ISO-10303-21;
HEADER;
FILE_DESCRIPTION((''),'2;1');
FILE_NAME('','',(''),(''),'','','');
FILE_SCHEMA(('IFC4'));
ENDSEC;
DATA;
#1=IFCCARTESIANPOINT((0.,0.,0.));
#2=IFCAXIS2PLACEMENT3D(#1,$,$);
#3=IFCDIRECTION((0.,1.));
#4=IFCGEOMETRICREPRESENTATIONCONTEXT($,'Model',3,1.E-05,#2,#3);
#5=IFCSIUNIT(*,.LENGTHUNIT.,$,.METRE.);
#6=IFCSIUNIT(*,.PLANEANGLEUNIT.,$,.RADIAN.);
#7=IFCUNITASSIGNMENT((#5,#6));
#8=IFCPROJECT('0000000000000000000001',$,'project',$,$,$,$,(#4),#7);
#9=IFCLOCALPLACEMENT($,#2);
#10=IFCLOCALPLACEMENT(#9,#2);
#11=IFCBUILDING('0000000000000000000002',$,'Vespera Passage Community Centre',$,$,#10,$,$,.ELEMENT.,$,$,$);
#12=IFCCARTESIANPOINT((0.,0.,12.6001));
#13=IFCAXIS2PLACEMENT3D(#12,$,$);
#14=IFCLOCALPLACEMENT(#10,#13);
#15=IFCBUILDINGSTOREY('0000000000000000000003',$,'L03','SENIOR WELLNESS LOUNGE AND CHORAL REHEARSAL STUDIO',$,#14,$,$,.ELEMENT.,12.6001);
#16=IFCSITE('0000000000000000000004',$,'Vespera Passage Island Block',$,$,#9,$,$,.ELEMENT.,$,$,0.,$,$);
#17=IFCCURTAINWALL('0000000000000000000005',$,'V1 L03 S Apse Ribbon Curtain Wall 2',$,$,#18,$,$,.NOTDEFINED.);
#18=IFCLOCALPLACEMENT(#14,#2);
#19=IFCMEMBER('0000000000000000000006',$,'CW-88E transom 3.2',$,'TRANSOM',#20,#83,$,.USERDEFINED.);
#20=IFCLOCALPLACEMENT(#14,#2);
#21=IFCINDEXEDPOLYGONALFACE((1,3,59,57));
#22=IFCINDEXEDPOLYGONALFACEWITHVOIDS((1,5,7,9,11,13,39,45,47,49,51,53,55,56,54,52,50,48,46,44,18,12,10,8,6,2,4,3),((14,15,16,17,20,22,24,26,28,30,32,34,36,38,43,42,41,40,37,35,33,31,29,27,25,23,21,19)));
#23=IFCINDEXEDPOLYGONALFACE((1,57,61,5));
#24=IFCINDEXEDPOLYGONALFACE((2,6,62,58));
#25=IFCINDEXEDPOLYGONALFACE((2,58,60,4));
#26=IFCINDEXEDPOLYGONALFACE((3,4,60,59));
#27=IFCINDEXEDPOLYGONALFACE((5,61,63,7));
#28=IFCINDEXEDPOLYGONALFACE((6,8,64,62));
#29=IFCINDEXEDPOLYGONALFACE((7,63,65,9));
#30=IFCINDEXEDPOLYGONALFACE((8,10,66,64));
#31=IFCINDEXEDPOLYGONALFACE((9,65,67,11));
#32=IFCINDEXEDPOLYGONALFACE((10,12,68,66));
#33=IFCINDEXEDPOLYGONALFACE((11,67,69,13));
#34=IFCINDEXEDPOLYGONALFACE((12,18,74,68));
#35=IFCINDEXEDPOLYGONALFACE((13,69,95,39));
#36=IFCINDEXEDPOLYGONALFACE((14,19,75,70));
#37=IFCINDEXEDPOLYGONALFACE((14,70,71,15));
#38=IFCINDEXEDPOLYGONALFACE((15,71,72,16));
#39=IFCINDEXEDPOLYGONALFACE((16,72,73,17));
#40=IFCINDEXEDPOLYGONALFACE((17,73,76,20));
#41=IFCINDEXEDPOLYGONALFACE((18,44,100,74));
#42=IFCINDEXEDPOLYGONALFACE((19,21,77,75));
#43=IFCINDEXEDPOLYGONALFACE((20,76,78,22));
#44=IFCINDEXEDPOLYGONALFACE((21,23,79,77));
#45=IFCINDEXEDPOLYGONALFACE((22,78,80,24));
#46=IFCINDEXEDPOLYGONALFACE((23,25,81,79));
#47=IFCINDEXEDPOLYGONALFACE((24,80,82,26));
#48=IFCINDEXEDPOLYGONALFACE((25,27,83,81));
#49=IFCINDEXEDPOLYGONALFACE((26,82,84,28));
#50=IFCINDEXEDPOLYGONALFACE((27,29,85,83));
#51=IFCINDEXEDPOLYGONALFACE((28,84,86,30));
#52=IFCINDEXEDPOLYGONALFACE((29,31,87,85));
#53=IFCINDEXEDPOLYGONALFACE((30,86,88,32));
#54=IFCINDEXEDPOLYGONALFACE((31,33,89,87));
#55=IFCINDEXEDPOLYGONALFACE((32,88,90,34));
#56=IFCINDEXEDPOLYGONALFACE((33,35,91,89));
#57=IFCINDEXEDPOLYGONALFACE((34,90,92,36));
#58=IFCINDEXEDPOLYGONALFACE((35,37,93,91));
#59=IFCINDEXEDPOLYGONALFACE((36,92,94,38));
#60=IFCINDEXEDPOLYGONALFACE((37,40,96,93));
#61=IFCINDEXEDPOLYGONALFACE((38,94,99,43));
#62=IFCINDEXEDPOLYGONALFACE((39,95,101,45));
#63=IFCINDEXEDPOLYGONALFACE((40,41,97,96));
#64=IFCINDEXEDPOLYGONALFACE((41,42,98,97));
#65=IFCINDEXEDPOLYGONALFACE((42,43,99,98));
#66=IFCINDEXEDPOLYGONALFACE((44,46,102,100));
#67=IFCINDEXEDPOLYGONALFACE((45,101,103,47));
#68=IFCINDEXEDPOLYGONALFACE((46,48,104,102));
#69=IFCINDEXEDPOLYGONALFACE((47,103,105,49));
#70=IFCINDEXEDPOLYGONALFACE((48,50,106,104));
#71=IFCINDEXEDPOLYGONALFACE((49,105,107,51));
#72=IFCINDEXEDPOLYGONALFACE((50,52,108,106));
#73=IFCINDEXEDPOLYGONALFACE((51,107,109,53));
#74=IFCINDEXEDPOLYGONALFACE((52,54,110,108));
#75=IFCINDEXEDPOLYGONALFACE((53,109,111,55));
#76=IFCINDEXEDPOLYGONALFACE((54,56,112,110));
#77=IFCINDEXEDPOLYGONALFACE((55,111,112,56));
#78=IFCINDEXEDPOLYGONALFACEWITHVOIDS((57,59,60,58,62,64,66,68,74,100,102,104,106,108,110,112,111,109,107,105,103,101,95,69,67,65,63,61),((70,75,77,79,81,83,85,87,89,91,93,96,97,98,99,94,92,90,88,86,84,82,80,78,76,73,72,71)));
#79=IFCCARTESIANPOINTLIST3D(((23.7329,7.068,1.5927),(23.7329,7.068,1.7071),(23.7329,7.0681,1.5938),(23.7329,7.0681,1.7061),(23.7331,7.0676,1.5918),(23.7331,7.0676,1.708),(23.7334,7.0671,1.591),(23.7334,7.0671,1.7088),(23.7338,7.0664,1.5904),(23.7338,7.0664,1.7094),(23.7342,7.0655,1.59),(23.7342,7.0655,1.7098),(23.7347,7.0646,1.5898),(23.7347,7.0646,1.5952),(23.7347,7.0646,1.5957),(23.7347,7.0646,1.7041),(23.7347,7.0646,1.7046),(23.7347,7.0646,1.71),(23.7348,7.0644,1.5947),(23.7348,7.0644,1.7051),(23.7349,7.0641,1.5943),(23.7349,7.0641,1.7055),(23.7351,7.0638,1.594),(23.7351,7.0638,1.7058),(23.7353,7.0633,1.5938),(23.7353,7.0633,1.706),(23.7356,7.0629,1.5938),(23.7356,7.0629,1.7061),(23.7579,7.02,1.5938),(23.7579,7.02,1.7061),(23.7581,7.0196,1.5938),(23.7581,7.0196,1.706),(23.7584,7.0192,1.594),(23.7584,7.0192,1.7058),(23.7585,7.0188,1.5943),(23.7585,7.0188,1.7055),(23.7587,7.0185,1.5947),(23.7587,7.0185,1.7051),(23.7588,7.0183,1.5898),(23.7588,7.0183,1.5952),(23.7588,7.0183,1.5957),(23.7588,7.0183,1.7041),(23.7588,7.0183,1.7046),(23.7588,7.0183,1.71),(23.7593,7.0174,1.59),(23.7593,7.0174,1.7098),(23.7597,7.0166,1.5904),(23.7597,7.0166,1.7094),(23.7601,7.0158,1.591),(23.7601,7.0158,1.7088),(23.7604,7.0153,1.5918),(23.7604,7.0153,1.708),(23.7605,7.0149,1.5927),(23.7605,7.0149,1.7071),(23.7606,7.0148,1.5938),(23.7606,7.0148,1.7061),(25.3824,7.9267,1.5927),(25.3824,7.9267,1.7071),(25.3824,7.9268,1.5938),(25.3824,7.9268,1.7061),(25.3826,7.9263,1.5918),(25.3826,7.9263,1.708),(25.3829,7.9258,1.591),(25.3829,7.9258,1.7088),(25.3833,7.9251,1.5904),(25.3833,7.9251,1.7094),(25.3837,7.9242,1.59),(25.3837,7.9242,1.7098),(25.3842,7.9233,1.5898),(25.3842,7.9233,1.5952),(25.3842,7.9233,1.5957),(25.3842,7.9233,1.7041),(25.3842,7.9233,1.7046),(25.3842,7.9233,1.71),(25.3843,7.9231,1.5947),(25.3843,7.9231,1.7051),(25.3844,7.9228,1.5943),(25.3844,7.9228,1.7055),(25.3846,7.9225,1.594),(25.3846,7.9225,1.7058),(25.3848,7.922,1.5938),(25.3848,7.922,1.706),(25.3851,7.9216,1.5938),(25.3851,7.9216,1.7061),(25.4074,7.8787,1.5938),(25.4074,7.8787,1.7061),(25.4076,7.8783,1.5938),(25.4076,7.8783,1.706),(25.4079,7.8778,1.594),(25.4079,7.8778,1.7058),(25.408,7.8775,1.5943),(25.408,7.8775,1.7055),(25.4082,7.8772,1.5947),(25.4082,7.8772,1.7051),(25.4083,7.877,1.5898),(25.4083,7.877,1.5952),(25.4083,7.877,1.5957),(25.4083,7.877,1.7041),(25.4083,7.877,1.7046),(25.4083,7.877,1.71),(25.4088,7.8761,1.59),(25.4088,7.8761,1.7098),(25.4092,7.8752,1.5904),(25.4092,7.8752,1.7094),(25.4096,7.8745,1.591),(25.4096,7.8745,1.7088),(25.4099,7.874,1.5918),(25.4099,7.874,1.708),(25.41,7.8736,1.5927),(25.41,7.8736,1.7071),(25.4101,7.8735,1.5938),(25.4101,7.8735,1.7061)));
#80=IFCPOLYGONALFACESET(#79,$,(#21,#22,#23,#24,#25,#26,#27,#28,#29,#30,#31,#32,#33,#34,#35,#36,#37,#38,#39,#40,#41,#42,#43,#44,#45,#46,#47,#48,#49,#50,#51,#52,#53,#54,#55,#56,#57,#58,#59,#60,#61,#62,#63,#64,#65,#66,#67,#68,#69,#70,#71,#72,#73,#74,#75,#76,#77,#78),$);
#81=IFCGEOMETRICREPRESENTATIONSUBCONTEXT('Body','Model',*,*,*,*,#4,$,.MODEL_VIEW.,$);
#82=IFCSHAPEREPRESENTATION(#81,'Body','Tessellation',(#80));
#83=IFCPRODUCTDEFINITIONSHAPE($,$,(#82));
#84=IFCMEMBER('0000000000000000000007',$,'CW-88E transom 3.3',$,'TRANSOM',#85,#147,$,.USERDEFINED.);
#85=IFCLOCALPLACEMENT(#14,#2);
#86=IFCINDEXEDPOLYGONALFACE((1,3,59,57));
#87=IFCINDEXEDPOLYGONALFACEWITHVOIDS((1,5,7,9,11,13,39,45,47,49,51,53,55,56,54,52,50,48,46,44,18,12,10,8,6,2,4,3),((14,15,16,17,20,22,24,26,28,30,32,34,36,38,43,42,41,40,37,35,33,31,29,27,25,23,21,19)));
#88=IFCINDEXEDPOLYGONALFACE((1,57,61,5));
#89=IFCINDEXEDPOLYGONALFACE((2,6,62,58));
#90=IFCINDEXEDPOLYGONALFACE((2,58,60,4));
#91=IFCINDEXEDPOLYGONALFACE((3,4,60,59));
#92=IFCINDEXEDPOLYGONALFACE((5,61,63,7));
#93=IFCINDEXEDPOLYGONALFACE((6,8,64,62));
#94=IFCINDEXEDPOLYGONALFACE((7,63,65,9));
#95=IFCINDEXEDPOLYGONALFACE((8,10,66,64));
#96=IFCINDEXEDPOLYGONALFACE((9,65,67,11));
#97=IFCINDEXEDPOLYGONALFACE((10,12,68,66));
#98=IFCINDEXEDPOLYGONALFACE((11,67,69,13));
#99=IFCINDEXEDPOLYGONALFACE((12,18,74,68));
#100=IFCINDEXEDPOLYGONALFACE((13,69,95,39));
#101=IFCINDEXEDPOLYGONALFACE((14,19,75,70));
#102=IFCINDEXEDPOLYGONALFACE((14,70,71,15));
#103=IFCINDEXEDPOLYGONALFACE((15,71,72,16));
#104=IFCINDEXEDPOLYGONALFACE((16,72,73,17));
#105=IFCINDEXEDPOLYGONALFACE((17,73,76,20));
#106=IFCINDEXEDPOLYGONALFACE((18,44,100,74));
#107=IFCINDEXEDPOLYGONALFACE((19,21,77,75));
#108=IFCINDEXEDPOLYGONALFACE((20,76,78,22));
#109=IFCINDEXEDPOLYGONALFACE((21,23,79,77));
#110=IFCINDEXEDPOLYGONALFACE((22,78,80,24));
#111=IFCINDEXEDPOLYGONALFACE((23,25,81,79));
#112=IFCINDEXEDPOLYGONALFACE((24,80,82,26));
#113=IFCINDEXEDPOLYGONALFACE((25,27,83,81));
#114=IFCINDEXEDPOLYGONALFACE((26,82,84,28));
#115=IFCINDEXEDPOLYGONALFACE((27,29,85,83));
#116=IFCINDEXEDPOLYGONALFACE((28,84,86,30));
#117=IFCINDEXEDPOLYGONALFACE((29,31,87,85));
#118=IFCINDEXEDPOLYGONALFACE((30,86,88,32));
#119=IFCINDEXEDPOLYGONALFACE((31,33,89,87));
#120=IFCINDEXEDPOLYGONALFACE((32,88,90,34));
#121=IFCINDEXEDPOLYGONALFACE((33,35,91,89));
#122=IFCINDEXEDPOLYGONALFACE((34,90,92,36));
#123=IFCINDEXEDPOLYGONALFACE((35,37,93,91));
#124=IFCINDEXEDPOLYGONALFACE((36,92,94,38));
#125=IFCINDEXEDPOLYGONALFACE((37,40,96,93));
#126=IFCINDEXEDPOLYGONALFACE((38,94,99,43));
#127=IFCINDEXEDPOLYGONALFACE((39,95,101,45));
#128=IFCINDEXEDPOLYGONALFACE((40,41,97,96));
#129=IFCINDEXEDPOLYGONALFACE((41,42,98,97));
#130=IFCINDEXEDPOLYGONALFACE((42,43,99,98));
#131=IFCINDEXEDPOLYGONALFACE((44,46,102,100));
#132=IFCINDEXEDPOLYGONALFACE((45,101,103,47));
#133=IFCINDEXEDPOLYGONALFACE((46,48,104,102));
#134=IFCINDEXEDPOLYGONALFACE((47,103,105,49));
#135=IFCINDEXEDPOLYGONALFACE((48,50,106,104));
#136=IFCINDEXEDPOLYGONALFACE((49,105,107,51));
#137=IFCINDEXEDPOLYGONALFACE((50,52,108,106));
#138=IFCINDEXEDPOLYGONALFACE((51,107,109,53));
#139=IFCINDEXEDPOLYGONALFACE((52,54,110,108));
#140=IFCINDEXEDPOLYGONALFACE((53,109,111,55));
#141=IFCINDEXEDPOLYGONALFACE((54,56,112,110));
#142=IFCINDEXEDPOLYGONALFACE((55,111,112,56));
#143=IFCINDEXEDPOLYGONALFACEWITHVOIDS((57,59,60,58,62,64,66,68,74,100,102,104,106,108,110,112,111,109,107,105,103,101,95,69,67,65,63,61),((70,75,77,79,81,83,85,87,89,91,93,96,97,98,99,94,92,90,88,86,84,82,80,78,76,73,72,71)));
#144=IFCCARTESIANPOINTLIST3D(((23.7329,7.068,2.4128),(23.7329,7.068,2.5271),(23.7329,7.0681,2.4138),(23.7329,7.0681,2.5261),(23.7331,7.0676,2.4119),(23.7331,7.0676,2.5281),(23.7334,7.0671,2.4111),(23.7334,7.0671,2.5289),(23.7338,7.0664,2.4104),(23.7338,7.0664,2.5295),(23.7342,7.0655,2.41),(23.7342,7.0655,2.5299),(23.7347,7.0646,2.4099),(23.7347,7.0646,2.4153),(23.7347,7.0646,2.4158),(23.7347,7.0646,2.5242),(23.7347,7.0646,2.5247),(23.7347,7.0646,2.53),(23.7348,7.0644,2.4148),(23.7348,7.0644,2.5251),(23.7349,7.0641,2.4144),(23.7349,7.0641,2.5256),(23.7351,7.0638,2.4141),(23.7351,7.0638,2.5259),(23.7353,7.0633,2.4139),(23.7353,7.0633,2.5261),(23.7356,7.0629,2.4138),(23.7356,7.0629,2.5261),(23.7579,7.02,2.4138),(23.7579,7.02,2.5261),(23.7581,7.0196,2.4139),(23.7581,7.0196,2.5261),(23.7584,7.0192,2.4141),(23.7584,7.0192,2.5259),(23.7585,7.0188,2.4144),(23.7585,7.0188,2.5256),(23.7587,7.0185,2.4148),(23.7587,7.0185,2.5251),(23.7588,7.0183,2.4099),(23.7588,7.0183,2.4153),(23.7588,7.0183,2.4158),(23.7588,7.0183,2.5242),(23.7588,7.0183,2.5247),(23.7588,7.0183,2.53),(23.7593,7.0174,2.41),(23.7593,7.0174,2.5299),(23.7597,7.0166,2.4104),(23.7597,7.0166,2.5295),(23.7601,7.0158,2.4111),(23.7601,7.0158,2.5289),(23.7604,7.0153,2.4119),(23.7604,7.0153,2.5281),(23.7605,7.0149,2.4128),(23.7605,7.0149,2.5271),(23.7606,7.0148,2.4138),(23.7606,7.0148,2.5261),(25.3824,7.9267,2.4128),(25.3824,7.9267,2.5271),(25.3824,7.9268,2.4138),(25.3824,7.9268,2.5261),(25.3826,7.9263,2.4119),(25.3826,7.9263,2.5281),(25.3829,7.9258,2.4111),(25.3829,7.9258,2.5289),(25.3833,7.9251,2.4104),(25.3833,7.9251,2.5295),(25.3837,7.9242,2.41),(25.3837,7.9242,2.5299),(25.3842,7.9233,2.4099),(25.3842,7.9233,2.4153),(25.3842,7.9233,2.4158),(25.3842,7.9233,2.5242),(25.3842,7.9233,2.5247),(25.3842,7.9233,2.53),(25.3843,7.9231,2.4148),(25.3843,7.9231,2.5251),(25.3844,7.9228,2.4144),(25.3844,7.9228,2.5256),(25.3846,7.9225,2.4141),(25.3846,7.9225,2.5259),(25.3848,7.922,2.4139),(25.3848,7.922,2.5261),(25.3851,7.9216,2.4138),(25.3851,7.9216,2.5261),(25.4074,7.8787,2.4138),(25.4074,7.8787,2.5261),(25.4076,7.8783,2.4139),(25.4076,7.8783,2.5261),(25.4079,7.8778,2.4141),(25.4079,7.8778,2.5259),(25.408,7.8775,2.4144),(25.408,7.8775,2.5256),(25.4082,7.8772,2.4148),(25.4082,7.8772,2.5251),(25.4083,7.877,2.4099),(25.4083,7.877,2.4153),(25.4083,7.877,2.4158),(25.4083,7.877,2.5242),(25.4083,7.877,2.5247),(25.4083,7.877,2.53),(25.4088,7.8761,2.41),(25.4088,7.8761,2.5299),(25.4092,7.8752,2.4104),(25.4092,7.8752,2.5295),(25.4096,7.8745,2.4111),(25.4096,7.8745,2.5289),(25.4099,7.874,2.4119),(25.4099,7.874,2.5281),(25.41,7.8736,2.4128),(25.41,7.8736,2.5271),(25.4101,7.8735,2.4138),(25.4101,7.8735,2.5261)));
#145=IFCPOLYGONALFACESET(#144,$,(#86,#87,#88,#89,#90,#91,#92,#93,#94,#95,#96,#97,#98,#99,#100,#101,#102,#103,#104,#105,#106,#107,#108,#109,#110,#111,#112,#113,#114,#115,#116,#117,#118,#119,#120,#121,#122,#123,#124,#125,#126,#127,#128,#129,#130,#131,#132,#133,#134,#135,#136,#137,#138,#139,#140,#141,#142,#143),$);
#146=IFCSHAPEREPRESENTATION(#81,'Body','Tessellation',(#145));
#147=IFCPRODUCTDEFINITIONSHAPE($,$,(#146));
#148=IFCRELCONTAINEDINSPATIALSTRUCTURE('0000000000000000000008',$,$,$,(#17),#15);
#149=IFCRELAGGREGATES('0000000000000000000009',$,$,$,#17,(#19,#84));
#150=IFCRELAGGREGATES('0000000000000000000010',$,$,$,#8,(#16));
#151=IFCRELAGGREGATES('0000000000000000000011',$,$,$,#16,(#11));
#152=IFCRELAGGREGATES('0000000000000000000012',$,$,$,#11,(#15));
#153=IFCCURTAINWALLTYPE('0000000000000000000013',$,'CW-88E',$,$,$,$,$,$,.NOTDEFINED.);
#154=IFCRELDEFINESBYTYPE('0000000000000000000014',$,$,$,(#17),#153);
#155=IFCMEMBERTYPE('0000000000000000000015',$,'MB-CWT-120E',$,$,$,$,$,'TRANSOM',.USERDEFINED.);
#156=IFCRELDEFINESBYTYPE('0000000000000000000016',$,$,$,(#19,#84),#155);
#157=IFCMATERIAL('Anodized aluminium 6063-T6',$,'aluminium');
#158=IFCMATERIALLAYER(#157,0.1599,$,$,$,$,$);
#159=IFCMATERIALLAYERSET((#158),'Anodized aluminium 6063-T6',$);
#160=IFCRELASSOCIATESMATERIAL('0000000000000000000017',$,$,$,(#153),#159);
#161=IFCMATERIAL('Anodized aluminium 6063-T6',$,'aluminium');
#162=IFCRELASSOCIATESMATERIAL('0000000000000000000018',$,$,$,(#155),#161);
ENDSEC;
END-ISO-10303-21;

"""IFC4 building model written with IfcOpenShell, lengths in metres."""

from ifc_helpers import new_model, si_unit, direction, frame, origin, origin_2d, place, context, subcontext, project, spatial, hollow_rectangle, extrude, material, layer, layer_set, material_profile, profile_set, type_object, element, aggregate, save


model = new_model("IFC4")

# Units and contexts
model_context = context("Model", 3, precision=1e-05, world=origin(), true_north=direction((0.0, 1.0)))
body_context = subcontext(model_context, "Body", "Model", "MODEL_VIEW")
ifc_project = project(units=[si_unit("LENGTHUNIT", "METRE"), si_unit("PLANEANGLEUNIT", "RADIAN")], contexts=[model_context])

# Site, building, storey
site_placement = place(None, origin())
site = spatial("IfcSite", under=ifc_project, at=site_placement, Name="Vespera Passage Island Block", CompositionType="ELEMENT", RefElevation=0.0)
building_placement = place(site_placement, origin())
building = spatial("IfcBuilding", under=site, at=building_placement, Name="Vespera Passage Community Centre", CompositionType="ELEMENT")
storey_placement = place(building_placement, frame((0.0, 0.0, 12.6001)))
storey = spatial("IfcBuildingStorey", under=building, at=storey_placement, Name="L03", Description="SENIOR WELLNESS LOUNGE AND CHORAL REHEARSAL STUDIO", CompositionType="ELEMENT", Elevation=12.6001)

# Curtain wall, members
ifc_material_1 = material(Name="Anodized aluminium 6063-T6", Category="aluminium")
ifc_layer_1 = layer(ifc_material_1, 0.1599)
ifc_layer_set_1 = layer_set([ifc_layer_1], Name="Anodized aluminium 6063-T6")
curtain_wall_type = type_object("IfcCurtainWallType", Name="CW-88E", PredefinedType="NOTDEFINED", material=ifc_layer_set_1)
curtain_wall_placement = place(storey_placement, origin())
curtain_wall = element("IfcCurtainWall", 1, at=curtain_wall_placement, inside=storey, type_object=curtain_wall_type, Name="V1 L03 S Apse Ribbon Curtain Wall 2", PredefinedType="NOTDEFINED")
ifc_material_2 = material(Name="Anodized aluminium 6063-T6", Category="aluminium")
ifc_material_profile_1 = material_profile(ifc_material_2, hollow_rectangle(XDim=0.0601, YDim=0.1201, WallThickness=0.0039, InnerFilletRadius=0.002, OuterFilletRadius=0.0039, at=origin_2d()), Name="ALU120X60X4")
ifc_profile_set_1 = profile_set([ifc_material_profile_1], Name="Anodized aluminium 6063-T6")
member_type_1 = type_object("IfcMemberType", Name="MB-CWT-120E", ElementType="TRANSOM", PredefinedType="USERDEFINED", material=ifc_profile_set_1)
member_1_placement = place(storey_placement, frame((25.3962, 7.9001, 1.6499), z_axis=(-0.887008, -0.461754, 0.0), x_axis=(0.461754, -0.887008, 0.0)))
member_1 = element("IfcMember", 2, at=member_1_placement, type_object=member_type_1, Name="CW-88E transom 3.2", ObjectType="TRANSOM", PredefinedType="USERDEFINED", context=body_context, shape_type="SweptSolid", body=[
    extrude(hollow_rectangle(XDim=0.0601, YDim=0.1201, WallThickness=0.0039, InnerFilletRadius=0.002, OuterFilletRadius=0.0039, at=origin_2d()), origin(), (0.0, 0.0, 1.0), 1.8596),
])
member_2_placement = place(storey_placement, frame((25.3962, 7.9001, 2.47), z_axis=(-0.887008, -0.461754, 0.0), x_axis=(0.461754, -0.887008, 0.0)))
member_2 = element("IfcMember", 3, at=member_2_placement, type_object=member_type_1, Name="CW-88E transom 3.3", ObjectType="TRANSOM", PredefinedType="USERDEFINED", context=body_context, shape_type="SweptSolid", body=[
    extrude(hollow_rectangle(XDim=0.0601, YDim=0.1201, WallThickness=0.0039, InnerFilletRadius=0.002, OuterFilletRadius=0.0039, at=origin_2d()), origin(), (0.0, 0.0, 1.0), 1.8596),
])
aggregate(curtain_wall, [member_1, member_2])

save(model, "model.ifc")
